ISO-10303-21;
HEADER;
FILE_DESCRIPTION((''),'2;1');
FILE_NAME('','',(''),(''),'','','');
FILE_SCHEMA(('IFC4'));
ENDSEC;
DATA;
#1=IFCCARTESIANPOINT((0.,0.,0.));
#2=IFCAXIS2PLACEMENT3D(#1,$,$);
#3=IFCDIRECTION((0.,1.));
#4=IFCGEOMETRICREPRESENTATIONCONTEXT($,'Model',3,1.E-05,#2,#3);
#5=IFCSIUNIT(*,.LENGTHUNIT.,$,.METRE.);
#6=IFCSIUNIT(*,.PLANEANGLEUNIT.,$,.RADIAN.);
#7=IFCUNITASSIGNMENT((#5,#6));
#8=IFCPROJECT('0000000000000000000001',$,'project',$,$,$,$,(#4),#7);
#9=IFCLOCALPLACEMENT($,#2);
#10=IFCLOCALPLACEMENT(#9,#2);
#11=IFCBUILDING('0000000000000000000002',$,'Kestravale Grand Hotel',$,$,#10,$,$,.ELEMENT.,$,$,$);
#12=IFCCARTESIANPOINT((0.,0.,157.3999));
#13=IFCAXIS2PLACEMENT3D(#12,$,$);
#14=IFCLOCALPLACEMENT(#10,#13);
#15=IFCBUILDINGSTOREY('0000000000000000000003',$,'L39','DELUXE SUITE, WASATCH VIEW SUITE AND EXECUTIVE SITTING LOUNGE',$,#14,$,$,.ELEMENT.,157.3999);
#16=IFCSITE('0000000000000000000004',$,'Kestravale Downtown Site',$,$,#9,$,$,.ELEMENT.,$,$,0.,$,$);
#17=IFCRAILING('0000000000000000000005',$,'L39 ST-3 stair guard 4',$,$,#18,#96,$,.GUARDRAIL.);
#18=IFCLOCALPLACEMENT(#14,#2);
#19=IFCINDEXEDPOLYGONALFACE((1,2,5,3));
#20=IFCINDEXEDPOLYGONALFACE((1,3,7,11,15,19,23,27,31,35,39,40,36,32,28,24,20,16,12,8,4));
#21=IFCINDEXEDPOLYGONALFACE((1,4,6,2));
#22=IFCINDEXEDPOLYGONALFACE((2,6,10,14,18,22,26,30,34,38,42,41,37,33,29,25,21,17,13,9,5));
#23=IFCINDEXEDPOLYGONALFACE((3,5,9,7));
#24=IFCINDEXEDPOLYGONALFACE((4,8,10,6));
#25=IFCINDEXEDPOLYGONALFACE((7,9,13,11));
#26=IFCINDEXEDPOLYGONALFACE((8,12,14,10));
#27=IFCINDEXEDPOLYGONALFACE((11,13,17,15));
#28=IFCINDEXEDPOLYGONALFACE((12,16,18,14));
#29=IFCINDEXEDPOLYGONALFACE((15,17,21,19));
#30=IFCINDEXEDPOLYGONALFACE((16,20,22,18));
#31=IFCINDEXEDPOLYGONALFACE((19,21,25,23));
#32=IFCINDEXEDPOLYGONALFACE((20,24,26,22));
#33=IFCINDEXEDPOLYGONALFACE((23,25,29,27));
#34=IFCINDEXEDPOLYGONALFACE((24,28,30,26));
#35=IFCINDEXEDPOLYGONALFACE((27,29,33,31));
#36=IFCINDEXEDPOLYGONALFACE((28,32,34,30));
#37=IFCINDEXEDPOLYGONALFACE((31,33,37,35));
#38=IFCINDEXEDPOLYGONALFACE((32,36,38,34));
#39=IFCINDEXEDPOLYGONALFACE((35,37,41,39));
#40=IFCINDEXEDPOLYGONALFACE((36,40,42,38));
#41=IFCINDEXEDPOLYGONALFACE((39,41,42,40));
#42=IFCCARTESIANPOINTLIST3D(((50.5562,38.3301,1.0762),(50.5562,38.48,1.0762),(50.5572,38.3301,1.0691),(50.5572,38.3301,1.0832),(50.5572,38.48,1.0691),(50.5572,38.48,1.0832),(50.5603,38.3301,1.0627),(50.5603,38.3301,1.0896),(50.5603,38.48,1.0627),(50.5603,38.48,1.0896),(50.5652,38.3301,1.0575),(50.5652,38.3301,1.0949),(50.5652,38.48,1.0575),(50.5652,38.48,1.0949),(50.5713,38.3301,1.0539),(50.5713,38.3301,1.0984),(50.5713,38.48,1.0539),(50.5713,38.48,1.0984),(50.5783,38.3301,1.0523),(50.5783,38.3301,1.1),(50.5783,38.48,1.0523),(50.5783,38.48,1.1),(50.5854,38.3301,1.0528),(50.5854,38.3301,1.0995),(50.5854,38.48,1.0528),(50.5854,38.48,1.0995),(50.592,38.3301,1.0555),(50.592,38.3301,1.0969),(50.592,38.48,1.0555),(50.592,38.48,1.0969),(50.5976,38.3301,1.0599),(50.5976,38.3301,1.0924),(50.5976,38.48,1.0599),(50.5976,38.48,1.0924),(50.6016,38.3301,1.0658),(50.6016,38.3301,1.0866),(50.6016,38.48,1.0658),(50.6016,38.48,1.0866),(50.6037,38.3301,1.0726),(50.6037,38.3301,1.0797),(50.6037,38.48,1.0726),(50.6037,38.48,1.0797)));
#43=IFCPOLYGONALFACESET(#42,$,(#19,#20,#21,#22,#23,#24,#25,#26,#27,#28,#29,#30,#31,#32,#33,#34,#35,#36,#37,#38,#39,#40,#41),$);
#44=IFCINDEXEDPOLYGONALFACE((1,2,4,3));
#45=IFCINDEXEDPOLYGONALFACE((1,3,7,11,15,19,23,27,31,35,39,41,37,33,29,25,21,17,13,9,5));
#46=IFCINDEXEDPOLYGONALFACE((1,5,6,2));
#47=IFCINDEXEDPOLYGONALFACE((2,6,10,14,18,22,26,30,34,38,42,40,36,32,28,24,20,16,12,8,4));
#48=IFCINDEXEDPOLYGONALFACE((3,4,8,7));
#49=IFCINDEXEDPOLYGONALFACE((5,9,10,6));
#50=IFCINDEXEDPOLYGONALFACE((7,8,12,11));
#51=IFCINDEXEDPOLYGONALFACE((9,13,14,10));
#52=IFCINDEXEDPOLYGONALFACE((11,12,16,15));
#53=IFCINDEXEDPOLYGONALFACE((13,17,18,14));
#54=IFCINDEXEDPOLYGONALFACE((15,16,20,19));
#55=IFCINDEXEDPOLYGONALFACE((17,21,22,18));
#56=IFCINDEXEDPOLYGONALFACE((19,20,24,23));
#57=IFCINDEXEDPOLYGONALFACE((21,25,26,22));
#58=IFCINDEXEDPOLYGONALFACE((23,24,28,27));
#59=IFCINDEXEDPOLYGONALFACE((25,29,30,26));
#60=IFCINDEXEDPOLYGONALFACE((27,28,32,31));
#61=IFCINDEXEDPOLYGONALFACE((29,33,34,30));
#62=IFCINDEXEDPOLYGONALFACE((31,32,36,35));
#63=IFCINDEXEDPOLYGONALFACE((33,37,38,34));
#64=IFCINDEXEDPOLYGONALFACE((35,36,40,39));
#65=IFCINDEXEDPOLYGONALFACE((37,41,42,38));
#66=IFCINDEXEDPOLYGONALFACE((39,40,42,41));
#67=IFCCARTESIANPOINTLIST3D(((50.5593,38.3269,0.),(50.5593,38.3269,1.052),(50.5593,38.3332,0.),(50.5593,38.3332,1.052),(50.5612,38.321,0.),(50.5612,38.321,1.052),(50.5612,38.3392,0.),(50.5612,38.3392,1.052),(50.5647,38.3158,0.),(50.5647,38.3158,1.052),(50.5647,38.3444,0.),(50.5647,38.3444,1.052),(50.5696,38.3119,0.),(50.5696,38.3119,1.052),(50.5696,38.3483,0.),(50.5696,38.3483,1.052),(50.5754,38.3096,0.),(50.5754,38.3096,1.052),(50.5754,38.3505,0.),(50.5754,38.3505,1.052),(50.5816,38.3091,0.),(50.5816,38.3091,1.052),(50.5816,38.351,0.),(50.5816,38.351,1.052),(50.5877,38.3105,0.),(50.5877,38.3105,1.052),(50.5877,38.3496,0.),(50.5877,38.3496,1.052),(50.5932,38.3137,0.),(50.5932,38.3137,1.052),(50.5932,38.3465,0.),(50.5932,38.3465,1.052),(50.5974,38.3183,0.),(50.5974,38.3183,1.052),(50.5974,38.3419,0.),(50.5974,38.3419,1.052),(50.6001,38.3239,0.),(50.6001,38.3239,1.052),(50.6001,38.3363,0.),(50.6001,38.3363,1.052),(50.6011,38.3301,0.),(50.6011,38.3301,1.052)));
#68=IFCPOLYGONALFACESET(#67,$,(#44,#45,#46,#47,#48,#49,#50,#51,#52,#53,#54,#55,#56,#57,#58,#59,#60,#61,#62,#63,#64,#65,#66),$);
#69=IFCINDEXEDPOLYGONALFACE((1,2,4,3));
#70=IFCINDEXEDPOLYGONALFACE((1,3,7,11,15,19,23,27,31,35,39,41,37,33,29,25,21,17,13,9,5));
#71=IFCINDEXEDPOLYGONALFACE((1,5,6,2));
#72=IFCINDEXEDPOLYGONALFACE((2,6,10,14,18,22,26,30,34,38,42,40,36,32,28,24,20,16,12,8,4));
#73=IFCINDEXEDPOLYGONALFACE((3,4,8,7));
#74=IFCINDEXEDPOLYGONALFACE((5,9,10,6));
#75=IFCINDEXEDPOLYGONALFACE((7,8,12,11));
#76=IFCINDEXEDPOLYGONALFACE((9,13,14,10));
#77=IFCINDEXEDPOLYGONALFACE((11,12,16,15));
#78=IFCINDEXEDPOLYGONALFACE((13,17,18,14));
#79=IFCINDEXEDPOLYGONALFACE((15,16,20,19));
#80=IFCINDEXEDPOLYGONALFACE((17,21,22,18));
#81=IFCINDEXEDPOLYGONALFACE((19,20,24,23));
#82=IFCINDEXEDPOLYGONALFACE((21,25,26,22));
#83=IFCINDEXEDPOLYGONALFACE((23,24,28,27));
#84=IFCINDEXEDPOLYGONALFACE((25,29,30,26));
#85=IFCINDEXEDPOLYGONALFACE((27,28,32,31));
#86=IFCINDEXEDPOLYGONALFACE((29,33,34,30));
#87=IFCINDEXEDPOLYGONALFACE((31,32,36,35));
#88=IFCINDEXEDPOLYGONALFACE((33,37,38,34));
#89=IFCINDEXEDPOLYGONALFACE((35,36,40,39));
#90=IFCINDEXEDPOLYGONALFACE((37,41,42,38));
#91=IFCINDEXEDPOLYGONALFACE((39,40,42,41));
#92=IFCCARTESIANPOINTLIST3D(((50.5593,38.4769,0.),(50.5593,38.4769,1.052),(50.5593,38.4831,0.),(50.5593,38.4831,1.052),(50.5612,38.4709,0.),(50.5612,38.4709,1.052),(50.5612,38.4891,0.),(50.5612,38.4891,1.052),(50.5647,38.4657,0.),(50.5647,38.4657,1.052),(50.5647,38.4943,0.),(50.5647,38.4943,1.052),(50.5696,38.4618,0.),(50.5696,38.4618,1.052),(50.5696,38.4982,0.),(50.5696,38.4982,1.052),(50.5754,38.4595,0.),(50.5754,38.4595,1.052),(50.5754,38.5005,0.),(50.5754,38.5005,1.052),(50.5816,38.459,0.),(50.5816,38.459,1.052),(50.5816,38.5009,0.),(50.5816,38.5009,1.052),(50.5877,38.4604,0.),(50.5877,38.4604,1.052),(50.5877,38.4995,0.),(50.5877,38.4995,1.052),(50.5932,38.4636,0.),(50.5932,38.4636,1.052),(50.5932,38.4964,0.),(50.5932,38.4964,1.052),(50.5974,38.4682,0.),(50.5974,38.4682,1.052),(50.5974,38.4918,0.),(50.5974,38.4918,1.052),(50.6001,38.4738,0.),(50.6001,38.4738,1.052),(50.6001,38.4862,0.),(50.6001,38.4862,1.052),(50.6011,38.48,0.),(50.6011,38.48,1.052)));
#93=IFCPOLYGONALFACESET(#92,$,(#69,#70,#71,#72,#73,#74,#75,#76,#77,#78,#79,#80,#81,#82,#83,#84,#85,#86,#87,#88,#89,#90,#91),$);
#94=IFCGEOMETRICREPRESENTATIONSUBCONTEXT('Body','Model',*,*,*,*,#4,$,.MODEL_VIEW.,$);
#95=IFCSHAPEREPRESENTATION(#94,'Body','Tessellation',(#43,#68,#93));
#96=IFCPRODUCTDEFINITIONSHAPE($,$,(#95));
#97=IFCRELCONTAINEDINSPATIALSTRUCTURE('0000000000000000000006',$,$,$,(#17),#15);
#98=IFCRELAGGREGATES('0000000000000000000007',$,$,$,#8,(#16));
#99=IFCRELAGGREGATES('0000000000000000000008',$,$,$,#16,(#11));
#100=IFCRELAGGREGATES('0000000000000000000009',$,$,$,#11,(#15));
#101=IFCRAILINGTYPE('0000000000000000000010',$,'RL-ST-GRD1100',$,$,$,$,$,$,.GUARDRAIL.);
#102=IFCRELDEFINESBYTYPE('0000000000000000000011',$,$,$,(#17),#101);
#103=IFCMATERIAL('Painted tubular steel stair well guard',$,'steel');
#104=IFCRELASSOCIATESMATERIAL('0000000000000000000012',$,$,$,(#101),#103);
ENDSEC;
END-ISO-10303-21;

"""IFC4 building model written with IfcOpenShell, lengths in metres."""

from ifc_helpers import new_model, si_unit, direction, frame, origin, origin_2d, place, context, subcontext, project, spatial, circle, extrude, material, type_object, element, save


model = new_model("IFC4")

# Units and contexts
model_context = context("Model", 3, precision=1e-05, world=origin(), true_north=direction((0.0, 1.0)))
body_context = subcontext(model_context, "Body", "Model", "MODEL_VIEW")
ifc_project = project(units=[si_unit("LENGTHUNIT", "METRE"), si_unit("PLANEANGLEUNIT", "RADIAN")], contexts=[model_context])

# Site, building, storey
site_placement = place(None, origin())
site = spatial("IfcSite", under=ifc_project, at=site_placement, Name="Kestravale Downtown Site", CompositionType="ELEMENT", RefElevation=0.0)
building_placement = place(site_placement, origin())
building = spatial("IfcBuilding", under=site, at=building_placement, Name="Kestravale Grand Hotel", CompositionType="ELEMENT")
storey_placement = place(building_placement, frame((0.0, 0.0, 157.3999)))
storey = spatial("IfcBuildingStorey", under=building, at=storey_placement, Name="L39", Description="DELUXE SUITE, WASATCH VIEW SUITE AND EXECUTIVE SITTING LOUNGE", CompositionType="ELEMENT", Elevation=157.3999)

# Railing
ifc_material_1 = material(Name="Painted tubular steel stair well guard", Category="steel")
railing_type_1 = type_object("IfcRailingType", Name="RL-ST-GRD1100", PredefinedType="GUARDRAIL", material=ifc_material_1)
railing_1_placement = place(storey_placement, frame((50.5801, 38.3301, 0.0)))
element("IfcRailing", 1, at=railing_1_placement, inside=storey, type_object=railing_type_1, Name="L39 ST-3 stair guard 4", PredefinedType="GUARDRAIL", context=body_context, shape_type="SweptSolid", body=[
    extrude(circle(Radius=0.0239, at=origin_2d()), frame((0.0, 0.0, 1.0762), z_axis=(0.0, 1.0, 0.0), x_axis=(-1.0, 0.0, 0.0)), (0.0, 0.0, 1.0), 0.1499),
    extrude(circle(Radius=0.021, at=origin_2d()), origin(), (0.0, 0.0, 1.0), 1.052),
    extrude(circle(Radius=0.021, at=origin_2d()), frame((0.0, 0.1499, 0.0)), (0.0, 0.0, 1.0), 1.052),
])

save(model, "model.ifc")
